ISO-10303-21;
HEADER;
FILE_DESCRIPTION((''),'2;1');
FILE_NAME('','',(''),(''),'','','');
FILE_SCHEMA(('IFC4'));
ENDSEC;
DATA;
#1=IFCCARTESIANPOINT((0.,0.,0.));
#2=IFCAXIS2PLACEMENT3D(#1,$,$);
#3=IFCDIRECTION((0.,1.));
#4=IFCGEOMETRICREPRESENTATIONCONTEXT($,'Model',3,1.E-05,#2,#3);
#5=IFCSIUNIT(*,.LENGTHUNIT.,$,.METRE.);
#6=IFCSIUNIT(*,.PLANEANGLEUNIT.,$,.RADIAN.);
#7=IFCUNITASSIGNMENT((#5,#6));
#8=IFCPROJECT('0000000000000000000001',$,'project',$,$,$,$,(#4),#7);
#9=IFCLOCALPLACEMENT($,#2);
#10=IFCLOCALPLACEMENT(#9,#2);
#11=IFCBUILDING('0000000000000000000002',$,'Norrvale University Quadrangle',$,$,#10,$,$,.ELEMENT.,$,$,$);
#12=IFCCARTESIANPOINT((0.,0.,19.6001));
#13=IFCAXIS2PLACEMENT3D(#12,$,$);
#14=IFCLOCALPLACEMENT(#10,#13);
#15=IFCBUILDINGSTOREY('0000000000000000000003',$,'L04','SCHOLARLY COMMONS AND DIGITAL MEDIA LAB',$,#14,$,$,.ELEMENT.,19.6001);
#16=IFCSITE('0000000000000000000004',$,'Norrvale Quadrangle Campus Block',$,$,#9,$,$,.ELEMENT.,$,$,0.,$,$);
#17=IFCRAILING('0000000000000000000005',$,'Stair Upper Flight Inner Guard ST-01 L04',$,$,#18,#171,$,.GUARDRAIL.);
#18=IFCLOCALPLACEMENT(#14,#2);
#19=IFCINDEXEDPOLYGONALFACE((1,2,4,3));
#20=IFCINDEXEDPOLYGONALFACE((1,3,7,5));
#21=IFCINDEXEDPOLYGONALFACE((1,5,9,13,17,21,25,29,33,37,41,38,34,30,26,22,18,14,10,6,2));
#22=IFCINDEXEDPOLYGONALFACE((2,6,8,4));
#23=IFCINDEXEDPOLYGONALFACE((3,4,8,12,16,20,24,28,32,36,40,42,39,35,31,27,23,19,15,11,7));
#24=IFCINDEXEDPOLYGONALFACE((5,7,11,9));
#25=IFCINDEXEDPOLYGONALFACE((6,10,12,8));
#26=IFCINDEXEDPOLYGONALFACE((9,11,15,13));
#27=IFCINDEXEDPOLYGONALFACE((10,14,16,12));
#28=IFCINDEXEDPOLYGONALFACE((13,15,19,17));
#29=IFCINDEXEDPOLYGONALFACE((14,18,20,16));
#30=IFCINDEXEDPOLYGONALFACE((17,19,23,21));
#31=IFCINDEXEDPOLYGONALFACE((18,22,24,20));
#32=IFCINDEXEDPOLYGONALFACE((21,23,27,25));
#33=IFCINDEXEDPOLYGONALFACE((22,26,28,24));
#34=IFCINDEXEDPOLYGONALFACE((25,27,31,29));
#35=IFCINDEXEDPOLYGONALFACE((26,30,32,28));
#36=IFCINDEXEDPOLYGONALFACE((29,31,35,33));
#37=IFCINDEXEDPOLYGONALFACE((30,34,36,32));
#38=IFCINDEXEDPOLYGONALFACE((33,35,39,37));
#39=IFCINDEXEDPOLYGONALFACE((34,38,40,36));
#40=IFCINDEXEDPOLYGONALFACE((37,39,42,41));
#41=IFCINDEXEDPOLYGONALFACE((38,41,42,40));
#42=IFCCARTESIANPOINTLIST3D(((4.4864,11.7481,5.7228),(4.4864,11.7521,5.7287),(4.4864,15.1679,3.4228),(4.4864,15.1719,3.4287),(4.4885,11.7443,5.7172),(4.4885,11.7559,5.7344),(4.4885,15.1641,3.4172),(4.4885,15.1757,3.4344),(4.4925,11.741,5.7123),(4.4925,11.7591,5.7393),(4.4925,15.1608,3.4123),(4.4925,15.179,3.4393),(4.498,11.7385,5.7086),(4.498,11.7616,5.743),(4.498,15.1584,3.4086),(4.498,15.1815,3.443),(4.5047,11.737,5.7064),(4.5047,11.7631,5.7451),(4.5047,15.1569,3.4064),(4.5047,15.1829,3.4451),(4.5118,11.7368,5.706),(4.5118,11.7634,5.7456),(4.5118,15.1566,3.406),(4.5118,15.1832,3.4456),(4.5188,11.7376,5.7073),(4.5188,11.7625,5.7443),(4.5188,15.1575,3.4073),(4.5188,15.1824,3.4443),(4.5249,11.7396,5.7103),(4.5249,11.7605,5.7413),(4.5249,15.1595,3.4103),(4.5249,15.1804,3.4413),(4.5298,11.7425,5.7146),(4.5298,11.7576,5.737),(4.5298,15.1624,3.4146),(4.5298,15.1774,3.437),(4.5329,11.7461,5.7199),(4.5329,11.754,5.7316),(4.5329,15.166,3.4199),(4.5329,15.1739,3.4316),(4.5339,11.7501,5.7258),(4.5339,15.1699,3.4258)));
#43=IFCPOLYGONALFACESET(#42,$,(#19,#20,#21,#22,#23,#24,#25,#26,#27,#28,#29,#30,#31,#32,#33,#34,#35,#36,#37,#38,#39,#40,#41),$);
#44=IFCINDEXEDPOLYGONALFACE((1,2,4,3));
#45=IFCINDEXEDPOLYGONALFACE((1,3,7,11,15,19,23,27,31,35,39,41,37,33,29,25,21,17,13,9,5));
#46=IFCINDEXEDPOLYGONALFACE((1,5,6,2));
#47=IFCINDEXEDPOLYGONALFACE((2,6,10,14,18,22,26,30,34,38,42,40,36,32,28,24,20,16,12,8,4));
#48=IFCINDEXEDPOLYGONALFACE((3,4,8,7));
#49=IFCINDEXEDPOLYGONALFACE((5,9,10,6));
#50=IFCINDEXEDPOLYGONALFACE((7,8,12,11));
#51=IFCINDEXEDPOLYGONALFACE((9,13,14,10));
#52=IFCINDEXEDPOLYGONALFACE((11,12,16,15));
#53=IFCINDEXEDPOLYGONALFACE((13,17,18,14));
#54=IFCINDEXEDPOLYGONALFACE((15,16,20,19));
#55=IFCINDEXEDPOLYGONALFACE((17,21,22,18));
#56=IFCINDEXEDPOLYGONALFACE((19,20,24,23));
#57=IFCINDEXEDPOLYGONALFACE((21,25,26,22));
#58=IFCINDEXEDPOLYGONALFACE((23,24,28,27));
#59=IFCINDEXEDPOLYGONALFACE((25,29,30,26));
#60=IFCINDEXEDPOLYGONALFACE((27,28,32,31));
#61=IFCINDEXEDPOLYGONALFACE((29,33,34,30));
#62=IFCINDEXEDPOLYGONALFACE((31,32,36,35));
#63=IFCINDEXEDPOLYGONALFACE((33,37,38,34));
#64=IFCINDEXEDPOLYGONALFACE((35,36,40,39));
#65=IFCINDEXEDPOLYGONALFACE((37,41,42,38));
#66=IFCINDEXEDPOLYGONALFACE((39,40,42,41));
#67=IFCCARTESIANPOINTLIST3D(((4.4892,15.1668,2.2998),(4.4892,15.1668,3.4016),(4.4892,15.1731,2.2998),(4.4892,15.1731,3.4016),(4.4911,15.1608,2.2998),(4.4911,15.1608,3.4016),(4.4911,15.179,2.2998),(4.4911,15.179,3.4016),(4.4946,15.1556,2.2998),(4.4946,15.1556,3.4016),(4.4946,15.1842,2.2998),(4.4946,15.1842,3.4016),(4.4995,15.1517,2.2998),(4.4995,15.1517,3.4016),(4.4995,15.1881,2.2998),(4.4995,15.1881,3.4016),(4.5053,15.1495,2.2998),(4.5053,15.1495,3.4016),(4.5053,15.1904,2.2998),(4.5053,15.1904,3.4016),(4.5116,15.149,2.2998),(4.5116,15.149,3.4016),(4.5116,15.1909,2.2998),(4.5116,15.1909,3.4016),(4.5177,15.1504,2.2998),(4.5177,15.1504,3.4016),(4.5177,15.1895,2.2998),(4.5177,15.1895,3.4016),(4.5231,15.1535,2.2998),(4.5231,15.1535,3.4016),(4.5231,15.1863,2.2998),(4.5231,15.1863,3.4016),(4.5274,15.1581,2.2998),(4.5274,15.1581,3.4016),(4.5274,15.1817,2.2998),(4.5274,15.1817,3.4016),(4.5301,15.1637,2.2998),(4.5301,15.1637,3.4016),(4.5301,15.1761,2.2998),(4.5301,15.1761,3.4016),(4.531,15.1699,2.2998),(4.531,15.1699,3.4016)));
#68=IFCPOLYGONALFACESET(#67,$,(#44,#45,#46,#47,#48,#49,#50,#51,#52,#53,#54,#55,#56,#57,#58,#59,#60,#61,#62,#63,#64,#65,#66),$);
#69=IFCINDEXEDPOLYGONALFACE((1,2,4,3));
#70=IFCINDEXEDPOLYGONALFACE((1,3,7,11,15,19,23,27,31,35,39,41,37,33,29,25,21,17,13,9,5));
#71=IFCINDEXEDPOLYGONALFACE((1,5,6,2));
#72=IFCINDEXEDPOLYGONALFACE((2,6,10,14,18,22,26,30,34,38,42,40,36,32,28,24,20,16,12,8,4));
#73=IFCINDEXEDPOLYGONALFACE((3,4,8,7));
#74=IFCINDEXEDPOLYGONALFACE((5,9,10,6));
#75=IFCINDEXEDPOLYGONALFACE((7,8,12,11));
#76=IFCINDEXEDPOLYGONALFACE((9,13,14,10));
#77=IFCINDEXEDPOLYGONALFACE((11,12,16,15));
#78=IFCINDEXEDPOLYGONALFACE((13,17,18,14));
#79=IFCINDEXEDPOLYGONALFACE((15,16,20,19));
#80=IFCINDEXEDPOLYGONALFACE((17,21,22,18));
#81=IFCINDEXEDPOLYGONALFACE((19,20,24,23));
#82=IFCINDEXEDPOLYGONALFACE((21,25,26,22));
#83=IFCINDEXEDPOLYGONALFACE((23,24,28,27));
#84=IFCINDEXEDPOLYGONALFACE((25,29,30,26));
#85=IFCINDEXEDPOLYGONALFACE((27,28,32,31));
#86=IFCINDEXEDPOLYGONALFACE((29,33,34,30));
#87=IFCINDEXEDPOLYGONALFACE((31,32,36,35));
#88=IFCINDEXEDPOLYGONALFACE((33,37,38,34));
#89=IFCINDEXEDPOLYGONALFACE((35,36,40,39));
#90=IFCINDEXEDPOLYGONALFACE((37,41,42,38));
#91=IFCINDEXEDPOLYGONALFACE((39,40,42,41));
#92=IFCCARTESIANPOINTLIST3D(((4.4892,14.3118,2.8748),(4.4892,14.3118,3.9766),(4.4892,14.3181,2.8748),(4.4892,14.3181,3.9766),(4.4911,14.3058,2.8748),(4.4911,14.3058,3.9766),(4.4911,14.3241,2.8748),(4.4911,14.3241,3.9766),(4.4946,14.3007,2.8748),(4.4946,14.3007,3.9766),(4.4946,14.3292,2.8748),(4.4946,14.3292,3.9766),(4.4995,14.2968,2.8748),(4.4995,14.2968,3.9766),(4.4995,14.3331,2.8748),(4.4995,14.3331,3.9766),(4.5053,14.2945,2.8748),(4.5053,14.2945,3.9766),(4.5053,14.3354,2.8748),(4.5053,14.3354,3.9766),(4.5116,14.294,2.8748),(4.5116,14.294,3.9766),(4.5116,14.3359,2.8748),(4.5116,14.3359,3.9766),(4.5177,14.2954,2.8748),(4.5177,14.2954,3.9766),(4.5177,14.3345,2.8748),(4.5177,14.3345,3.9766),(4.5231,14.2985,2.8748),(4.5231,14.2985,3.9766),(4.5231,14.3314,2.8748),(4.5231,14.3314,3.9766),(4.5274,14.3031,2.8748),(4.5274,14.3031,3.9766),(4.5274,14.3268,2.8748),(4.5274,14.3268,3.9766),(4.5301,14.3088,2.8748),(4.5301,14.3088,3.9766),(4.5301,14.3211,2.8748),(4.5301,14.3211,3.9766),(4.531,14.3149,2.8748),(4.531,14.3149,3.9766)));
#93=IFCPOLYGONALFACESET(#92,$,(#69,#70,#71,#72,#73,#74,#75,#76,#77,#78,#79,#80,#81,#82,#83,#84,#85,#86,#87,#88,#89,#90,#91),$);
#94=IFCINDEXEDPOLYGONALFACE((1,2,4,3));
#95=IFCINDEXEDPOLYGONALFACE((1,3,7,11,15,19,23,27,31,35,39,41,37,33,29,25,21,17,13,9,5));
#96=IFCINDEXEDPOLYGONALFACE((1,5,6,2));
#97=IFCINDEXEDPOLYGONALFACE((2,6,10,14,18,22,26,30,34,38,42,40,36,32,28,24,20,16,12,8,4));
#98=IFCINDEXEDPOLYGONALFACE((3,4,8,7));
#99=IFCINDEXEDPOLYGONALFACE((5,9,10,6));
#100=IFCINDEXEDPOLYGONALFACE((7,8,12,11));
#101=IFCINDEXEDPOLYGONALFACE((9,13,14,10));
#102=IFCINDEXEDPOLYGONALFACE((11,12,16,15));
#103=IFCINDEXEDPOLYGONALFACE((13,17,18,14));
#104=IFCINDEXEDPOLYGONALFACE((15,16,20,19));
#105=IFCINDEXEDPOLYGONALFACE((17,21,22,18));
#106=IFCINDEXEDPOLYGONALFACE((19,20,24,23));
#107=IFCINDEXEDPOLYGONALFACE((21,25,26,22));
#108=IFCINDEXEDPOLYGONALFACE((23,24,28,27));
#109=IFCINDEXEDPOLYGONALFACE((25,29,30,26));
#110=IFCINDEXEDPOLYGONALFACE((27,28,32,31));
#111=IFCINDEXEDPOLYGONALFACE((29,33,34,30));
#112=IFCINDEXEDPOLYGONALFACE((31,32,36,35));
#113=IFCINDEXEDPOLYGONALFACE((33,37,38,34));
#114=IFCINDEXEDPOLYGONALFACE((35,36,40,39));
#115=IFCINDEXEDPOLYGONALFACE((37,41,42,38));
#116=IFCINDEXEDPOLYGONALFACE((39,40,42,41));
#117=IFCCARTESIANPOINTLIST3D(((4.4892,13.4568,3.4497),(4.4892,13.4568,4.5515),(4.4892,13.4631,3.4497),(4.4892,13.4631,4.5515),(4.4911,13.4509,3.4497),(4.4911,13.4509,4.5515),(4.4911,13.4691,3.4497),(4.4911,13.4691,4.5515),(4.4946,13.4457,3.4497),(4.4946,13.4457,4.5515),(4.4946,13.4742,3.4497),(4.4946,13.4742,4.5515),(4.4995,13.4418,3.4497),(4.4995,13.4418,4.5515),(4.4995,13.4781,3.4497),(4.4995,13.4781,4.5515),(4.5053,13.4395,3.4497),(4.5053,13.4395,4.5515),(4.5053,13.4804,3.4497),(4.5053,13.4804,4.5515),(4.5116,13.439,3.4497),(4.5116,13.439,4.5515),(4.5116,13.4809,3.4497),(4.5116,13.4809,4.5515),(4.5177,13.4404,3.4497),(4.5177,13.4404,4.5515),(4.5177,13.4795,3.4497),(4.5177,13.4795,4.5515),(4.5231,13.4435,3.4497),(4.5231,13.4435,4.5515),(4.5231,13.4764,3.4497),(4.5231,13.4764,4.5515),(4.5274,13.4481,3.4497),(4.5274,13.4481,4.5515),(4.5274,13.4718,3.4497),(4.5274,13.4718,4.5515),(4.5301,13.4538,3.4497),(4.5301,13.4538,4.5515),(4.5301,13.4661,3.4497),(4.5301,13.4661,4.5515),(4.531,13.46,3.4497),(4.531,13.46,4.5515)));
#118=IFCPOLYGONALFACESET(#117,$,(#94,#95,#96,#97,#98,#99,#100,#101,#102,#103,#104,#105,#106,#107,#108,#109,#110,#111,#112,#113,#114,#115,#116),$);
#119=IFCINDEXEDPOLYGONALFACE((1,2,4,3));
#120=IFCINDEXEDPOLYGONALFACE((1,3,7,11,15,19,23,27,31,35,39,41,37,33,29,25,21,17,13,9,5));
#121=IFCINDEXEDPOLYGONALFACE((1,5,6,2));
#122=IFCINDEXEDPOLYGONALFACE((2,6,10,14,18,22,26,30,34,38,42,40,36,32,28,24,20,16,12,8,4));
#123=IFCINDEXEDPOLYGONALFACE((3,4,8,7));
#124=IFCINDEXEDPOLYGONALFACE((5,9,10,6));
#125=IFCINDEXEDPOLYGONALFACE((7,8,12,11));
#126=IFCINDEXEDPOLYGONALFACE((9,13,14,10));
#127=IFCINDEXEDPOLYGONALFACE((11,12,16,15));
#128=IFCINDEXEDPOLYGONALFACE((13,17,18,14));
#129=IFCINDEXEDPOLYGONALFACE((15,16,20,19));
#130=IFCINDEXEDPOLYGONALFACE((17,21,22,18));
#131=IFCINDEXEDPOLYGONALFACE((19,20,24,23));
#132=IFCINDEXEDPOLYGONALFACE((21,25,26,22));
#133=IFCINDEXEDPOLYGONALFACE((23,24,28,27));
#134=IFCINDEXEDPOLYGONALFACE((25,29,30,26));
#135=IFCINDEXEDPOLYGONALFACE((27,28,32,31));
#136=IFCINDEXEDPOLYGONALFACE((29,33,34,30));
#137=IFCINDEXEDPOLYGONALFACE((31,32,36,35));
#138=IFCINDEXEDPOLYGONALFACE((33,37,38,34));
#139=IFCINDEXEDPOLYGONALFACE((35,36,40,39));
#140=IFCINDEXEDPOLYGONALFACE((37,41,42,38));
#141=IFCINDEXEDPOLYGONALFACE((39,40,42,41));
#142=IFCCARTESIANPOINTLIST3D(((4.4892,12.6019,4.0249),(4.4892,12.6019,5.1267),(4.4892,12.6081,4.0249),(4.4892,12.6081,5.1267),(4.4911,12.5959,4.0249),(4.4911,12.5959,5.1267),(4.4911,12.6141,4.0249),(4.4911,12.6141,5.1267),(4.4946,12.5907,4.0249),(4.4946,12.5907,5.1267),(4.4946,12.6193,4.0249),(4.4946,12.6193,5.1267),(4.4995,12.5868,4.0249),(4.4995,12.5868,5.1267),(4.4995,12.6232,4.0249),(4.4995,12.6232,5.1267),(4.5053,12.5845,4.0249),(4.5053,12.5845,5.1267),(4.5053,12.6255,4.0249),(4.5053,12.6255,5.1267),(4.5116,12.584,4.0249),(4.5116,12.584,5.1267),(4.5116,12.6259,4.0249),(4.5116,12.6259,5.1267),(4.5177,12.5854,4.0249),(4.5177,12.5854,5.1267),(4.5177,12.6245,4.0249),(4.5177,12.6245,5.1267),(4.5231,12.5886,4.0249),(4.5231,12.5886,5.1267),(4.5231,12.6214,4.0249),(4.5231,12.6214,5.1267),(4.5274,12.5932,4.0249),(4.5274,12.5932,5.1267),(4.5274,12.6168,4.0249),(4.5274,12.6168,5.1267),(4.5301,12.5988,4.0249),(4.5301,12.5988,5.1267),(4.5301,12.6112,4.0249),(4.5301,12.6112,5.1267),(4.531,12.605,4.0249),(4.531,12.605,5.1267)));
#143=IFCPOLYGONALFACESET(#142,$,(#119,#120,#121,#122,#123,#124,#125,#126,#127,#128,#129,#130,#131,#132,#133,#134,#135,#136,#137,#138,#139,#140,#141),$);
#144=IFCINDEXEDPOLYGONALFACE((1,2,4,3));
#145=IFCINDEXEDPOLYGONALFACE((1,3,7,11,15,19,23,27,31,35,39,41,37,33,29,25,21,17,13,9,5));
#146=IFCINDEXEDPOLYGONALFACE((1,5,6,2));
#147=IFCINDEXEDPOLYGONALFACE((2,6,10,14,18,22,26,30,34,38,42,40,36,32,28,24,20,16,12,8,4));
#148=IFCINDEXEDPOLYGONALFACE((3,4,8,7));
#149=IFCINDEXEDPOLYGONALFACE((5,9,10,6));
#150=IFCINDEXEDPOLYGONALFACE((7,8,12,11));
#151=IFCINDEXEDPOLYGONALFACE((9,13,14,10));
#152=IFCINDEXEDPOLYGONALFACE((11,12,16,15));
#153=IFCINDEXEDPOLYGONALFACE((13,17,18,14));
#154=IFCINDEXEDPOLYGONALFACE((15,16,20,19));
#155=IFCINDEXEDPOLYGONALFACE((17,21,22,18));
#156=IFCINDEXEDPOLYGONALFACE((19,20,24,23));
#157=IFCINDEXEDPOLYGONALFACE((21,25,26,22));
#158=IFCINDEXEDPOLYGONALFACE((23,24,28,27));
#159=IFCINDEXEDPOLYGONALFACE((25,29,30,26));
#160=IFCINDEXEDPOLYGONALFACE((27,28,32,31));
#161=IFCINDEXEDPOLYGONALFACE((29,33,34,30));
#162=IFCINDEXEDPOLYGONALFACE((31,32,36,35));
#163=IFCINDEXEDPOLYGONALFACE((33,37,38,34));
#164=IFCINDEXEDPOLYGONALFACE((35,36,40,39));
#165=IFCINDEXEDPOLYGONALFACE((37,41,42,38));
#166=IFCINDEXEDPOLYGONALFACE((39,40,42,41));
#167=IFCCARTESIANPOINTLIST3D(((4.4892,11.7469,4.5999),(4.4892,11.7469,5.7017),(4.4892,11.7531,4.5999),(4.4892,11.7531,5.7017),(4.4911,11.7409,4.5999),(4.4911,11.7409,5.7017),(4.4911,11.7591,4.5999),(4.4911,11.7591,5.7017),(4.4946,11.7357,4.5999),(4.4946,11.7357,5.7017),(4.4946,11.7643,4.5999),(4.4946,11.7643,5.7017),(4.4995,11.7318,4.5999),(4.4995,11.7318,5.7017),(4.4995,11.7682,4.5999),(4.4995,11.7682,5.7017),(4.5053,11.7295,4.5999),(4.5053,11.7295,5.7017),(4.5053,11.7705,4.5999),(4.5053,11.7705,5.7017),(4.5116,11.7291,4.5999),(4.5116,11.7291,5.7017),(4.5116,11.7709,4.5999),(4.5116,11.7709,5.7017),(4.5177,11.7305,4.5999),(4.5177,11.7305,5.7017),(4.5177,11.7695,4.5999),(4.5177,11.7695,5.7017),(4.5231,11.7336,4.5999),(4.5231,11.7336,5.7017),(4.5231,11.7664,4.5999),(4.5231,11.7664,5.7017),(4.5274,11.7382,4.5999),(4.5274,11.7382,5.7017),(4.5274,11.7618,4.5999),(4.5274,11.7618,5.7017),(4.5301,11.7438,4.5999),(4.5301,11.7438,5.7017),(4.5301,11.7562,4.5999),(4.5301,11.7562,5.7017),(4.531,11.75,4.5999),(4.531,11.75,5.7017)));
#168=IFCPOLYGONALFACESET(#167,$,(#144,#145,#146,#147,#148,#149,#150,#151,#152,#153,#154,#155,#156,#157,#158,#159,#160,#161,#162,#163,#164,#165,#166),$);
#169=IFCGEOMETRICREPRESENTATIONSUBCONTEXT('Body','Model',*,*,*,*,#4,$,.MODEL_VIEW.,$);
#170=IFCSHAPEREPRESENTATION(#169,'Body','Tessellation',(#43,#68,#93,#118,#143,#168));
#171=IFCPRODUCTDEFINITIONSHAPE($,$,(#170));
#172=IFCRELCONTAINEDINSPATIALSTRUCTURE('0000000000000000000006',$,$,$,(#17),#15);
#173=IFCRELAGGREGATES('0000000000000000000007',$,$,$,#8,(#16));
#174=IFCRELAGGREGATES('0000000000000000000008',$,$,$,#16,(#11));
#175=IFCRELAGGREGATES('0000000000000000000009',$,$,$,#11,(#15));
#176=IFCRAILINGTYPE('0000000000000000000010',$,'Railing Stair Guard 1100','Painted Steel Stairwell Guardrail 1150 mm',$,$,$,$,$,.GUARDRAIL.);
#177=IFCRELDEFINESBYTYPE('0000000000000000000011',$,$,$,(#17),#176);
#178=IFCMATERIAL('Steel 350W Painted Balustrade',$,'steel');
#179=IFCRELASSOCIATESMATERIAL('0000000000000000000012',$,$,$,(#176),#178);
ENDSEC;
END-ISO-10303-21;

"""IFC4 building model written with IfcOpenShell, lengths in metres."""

from ifc_helpers import new_model, si_unit, direction, frame, origin, origin_2d, place, context, subcontext, project, spatial, circle, extrude, material, type_object, element, save


model = new_model("IFC4")

# Units and contexts
model_context = context("Model", 3, precision=1e-05, world=origin(), true_north=direction((0.0, 1.0)))
body_context = subcontext(model_context, "Body", "Model", "MODEL_VIEW")
ifc_project = project(units=[si_unit("LENGTHUNIT", "METRE"), si_unit("PLANEANGLEUNIT", "RADIAN")], contexts=[model_context])

# Site, building, storey
site_placement = place(None, origin())
site = spatial("IfcSite", under=ifc_project, at=site_placement, Name="Norrvale Quadrangle Campus Block", CompositionType="ELEMENT", RefElevation=0.0)
building_placement = place(site_placement, origin())
building = spatial("IfcBuilding", under=site, at=building_placement, Name="Norrvale University Quadrangle", CompositionType="ELEMENT")
storey_placement = place(building_placement, frame((0.0, 0.0, 19.6001)))
storey = spatial("IfcBuildingStorey", under=building, at=storey_placement, Name="L04", Description="SCHOLARLY COMMONS AND DIGITAL MEDIA LAB", CompositionType="ELEMENT", Elevation=19.6001)

# Railing
ifc_material_1 = material(Name="Steel 350W Painted Balustrade", Category="steel")
railing_type_1 = type_object("IfcRailingType", Name="Railing Stair Guard 1100", Description="Painted Steel Stairwell Guardrail 1150 mm", PredefinedType="GUARDRAIL", material=ifc_material_1)
railing_1_placement = place(storey_placement, frame((4.51, 15.1699, 2.2998)))
element("IfcRailing", 1, at=railing_1_placement, inside=storey, type_object=railing_type_1, Name="Stair Upper Flight Inner Guard ST-01 L04", PredefinedType="GUARDRAIL", context=body_context, shape_type="SweptSolid", body=[
    extrude(circle(Radius=0.0239, at=origin_2d()), frame((0.0, 0.0, 1.126), z_axis=(0.0, -0.829792, 0.558072), x_axis=(1.0, 0.0, 0.0)), (0.0, 0.0, 1.0), 4.1213),
    extrude(circle(Radius=0.021, at=origin_2d()), origin(), (0.0, 0.0, 1.0), 1.1018),
    extrude(circle(Radius=0.021, at=origin_2d()), frame((0.0, -0.855, 0.575)), (0.0, 0.0, 1.0), 1.1018),
    extrude(circle(Radius=0.021, at=origin_2d()), frame((0.0, -1.71, 1.1499)), (0.0, 0.0, 1.0), 1.1018),
    extrude(circle(Radius=0.021, at=origin_2d()), frame((0.0, -2.5649, 1.7251)), (0.0, 0.0, 1.0), 1.1018),
    extrude(circle(Radius=0.021, at=origin_2d()), frame((0.0, -3.4199, 2.3)), (0.0, 0.0, 1.0), 1.1018),
])

save(model, "model.ifc")
